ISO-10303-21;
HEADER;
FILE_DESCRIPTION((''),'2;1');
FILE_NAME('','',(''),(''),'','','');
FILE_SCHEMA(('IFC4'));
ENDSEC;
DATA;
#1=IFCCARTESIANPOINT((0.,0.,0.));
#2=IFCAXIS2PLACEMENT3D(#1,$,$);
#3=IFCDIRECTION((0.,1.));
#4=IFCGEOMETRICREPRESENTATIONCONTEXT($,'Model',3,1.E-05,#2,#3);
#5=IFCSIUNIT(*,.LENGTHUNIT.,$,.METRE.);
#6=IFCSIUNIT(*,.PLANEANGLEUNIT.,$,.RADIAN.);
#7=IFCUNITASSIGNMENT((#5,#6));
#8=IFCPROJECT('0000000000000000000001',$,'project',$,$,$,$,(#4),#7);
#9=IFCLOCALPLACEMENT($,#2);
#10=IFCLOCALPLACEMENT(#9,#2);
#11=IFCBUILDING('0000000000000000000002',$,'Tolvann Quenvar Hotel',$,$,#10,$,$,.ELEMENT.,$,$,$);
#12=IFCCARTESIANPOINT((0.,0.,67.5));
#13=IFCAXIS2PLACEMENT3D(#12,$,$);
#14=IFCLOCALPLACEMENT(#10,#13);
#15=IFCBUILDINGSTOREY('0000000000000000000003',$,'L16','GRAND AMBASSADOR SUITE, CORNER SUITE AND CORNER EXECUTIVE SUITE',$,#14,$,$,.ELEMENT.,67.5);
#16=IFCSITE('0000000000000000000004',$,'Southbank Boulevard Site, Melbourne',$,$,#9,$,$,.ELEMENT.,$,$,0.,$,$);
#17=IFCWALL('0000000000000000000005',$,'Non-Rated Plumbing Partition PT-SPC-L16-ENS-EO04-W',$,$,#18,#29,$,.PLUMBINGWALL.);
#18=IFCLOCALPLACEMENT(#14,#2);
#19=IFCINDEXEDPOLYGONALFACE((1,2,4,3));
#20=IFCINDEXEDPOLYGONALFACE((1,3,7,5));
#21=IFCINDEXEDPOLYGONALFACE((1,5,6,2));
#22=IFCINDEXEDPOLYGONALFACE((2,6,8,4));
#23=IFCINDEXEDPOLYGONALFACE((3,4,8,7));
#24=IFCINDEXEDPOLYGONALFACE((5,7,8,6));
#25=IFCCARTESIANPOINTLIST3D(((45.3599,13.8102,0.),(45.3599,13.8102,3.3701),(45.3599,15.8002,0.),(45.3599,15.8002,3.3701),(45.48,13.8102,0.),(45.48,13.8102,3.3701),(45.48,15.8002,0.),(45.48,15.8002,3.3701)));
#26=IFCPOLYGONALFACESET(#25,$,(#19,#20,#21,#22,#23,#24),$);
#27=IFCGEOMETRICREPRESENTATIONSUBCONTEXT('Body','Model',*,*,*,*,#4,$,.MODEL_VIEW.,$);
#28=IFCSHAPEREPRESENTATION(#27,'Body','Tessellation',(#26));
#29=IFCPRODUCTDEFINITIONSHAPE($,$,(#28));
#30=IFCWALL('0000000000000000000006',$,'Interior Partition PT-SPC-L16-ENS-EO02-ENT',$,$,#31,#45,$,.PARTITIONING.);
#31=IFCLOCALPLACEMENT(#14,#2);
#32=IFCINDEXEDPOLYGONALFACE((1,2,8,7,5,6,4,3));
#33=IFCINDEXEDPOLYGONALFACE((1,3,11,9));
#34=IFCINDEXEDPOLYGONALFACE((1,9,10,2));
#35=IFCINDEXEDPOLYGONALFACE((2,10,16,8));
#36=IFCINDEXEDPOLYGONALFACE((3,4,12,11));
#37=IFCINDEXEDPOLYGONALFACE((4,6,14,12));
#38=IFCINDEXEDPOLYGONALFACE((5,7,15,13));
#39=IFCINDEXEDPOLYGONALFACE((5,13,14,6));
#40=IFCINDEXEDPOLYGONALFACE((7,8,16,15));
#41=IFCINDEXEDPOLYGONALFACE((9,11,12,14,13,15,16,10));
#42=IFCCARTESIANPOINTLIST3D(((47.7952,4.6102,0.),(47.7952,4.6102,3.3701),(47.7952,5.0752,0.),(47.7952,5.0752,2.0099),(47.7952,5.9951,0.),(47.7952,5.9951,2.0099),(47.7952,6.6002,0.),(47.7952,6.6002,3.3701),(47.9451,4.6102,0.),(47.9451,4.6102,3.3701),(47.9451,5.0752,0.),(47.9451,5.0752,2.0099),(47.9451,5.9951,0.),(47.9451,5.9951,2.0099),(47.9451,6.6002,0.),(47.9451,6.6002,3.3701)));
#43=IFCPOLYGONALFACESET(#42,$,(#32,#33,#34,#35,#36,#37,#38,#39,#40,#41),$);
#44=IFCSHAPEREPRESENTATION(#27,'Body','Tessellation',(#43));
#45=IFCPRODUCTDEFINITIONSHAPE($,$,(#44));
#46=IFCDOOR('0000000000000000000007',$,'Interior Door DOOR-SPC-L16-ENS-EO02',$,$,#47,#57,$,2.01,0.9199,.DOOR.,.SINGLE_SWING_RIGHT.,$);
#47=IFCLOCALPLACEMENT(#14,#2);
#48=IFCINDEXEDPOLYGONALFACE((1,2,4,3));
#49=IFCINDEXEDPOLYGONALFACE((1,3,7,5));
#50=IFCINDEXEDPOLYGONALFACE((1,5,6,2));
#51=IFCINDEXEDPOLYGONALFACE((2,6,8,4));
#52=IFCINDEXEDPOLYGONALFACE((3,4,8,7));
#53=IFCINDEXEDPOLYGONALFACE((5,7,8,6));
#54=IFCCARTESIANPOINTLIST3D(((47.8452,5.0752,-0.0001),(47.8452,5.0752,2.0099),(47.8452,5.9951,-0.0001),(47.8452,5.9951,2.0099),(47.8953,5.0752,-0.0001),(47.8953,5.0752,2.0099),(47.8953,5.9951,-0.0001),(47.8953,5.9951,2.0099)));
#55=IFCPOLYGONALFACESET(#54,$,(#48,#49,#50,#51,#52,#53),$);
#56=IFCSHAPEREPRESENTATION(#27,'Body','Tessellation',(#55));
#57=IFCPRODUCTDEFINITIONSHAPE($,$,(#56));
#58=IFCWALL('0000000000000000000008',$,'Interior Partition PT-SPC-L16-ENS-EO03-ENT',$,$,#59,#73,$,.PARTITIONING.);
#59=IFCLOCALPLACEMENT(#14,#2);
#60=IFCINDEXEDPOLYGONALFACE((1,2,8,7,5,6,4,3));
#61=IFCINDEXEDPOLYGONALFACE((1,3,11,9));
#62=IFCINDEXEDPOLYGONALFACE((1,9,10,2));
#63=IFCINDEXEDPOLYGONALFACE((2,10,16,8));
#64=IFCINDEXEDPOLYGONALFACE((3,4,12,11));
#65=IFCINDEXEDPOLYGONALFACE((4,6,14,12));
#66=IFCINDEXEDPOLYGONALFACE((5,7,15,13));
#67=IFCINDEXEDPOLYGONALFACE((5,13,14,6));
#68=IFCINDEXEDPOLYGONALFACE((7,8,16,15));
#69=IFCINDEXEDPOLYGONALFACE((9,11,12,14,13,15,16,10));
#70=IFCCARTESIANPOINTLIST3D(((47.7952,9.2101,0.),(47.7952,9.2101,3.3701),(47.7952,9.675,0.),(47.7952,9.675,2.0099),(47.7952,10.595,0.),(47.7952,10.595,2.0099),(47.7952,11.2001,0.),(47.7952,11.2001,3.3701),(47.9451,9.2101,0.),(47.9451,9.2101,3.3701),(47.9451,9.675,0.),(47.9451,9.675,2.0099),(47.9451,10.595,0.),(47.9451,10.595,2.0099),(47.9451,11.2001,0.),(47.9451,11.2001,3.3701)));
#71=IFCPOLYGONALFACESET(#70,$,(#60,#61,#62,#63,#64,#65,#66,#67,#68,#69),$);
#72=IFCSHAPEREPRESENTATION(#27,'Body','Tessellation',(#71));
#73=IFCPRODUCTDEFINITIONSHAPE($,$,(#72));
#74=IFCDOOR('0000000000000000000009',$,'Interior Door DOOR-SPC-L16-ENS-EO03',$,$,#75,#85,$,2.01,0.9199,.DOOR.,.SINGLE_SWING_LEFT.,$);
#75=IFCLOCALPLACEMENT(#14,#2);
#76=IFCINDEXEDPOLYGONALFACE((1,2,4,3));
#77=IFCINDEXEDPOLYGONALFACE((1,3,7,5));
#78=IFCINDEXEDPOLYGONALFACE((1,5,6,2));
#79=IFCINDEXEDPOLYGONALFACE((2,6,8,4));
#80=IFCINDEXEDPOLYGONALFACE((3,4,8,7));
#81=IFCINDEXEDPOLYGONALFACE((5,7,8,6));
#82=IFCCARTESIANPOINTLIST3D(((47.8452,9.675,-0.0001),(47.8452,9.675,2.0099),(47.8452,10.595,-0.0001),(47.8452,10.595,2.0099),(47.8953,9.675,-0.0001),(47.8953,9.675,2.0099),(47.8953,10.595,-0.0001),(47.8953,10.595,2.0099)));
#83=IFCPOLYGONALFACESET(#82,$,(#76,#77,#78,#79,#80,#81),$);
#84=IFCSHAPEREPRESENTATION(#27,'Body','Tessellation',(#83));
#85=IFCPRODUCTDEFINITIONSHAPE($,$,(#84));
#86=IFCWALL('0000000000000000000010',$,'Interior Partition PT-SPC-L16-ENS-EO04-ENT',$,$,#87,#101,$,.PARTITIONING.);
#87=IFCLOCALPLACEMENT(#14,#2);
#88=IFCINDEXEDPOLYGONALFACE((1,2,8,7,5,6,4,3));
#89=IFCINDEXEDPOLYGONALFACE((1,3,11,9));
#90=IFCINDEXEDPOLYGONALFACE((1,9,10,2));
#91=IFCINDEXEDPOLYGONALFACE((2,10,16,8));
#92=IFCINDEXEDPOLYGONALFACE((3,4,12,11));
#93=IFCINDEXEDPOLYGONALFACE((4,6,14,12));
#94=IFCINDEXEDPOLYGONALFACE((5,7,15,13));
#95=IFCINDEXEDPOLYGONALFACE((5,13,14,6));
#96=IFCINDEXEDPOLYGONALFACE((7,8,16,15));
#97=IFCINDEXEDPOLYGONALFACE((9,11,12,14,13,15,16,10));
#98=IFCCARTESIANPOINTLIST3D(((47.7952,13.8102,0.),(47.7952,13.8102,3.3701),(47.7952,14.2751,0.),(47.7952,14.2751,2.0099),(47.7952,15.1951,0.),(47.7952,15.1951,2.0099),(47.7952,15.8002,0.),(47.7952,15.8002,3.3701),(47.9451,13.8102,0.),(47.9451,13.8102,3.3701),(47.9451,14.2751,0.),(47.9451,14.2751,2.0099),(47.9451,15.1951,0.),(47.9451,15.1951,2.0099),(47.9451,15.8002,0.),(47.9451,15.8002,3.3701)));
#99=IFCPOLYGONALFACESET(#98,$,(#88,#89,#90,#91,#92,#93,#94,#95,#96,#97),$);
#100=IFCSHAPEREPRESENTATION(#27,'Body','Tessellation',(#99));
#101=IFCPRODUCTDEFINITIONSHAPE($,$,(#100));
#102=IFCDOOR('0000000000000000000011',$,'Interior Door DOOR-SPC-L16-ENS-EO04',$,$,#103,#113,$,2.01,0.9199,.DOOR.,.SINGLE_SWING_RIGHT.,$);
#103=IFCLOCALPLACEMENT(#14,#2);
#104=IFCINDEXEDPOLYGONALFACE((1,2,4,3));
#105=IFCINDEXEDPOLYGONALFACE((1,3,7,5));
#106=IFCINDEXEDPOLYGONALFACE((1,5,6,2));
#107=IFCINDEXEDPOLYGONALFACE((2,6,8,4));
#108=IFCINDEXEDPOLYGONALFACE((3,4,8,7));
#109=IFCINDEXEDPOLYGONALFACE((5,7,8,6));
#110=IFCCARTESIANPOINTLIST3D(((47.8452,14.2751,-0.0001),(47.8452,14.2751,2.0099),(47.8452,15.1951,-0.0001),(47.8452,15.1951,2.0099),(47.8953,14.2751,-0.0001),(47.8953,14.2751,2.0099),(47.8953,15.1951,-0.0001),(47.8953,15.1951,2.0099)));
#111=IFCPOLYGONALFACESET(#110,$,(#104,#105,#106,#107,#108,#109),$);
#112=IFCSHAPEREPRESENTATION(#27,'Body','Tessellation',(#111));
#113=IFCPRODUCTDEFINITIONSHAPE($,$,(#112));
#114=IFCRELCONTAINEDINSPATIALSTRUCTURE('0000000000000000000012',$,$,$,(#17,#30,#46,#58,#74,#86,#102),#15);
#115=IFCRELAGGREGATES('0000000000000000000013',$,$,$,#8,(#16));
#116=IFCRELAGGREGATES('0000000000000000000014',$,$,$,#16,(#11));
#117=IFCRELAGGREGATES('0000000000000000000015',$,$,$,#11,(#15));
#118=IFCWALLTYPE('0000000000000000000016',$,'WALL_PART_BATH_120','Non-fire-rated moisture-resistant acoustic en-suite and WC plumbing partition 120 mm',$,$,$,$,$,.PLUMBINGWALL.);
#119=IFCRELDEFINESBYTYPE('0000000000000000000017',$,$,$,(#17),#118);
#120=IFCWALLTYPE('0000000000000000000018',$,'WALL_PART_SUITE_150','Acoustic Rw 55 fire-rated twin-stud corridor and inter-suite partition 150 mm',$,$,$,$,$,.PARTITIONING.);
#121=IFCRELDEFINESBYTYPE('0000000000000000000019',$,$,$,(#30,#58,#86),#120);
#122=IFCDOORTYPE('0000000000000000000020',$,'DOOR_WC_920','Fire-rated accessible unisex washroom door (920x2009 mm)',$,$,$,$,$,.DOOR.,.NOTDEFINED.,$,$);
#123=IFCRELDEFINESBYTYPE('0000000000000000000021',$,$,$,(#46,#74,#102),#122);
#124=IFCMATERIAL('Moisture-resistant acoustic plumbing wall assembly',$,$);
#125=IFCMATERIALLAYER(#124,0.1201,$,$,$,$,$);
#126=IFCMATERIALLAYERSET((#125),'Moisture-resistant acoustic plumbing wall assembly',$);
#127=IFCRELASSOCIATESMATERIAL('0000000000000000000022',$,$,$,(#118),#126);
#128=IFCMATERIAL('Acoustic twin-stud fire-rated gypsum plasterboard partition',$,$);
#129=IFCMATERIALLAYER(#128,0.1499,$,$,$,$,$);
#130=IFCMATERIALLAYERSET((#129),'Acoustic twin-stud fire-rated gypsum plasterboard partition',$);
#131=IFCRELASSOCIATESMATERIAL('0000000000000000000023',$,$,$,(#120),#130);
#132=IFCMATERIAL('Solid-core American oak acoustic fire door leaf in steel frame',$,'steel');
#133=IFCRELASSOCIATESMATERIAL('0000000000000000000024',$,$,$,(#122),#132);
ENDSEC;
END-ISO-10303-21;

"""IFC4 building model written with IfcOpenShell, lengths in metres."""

from ifc_helpers import new_model, si_unit, direction, frame, frame_2d, origin, place, context, subcontext, project, spatial, rectangle, extrude, source, transform, mapped, material, layer, layer_set, type_object, type_shapes, element, fill, save


model = new_model("IFC4")

# Units and contexts
model_context = context("Model", 3, precision=1e-05, world=origin(), true_north=direction((0.0, 1.0)))
body_context = subcontext(model_context, "Body", "Model", "MODEL_VIEW")
ifc_project = project(units=[si_unit("LENGTHUNIT", "METRE"), si_unit("PLANEANGLEUNIT", "RADIAN")], contexts=[model_context])

# Site, building, storey
site_placement = place(None, origin())
site = spatial("IfcSite", under=ifc_project, at=site_placement, Name="Southbank Boulevard Site, Melbourne", CompositionType="ELEMENT", RefElevation=0.0)
building_placement = place(site_placement, origin())
building = spatial("IfcBuilding", under=site, at=building_placement, Name="Tolvann Quenvar Hotel", CompositionType="ELEMENT")
storey_placement = place(building_placement, frame((0.0, 0.0, 67.5)))
storey = spatial("IfcBuildingStorey", under=building, at=storey_placement, Name="L16", Description="GRAND AMBASSADOR SUITE, CORNER SUITE AND CORNER EXECUTIVE SUITE", CompositionType="ELEMENT", Elevation=67.5)

# Wall
ifc_material_1 = material(Name="Moisture-resistant acoustic plumbing wall assembly")
ifc_layer_1 = layer(ifc_material_1, 0.1201)
ifc_layer_set_1 = layer_set([ifc_layer_1], Name="Moisture-resistant acoustic plumbing wall assembly")
wall_type_1 = type_object("IfcWallType", Name="WALL_PART_BATH_120", Description="Non-fire-rated moisture-resistant acoustic en-suite and WC plumbing partition 120 mm", PredefinedType="PLUMBINGWALL", material=ifc_layer_set_1)
for number, where, z_axis, x_axis, name in (
    (1, (45.4199, 13.8101, 0.0), (0.0, 0.0, 1.0), (0.0, 1.0, 0.0), "Non-Rated Plumbing Partition PT-SPC-L16-ENS-EO04-W"),
):
    element("IfcWall", number, at=place(storey_placement, frame(where, z_axis=z_axis, x_axis=x_axis)), inside=storey, type_object=wall_type_1, Name=name, PredefinedType="PLUMBINGWALL", context=body_context, shape_type="SweptSolid", body=[
        extrude(rectangle(XDim=1.99, YDim=0.1201, at=frame_2d((0.9951, 0.0))), origin(), (0.0, 0.0, 1.0), 3.3701),
    ])

# Walls, openings, doors
ifc_material_2 = material(Name="Acoustic twin-stud fire-rated gypsum plasterboard partition")
ifc_layer_2 = layer(ifc_material_2, 0.1499)
ifc_layer_set_2 = layer_set([ifc_layer_2], Name="Acoustic twin-stud fire-rated gypsum plasterboard partition")
wall_type_2 = type_object("IfcWallType", Name="WALL_PART_SUITE_150", Description="Acoustic Rw 55 fire-rated twin-stud corridor and inter-suite partition 150 mm", PredefinedType="PARTITIONING", material=ifc_layer_set_2)
wall_1_placement = place(storey_placement, frame((47.8701, 4.6101, 0.0), z_axis=(0.0, 0.0, 1.0), x_axis=(0.0, 1.0, 0.0)))
wall_1 = element("IfcWall", 2, at=wall_1_placement, inside=storey, type_object=wall_type_2, Name="Interior Partition PT-SPC-L16-ENS-EO02-ENT", PredefinedType="PARTITIONING", context=body_context, shape_type="SweptSolid", body=[
    extrude(rectangle(XDim=1.99, YDim=0.1499, at=frame_2d((0.9951, 0.0))), origin(), (0.0, 0.0, 1.0), 3.3701),
])
opening_1_placement = place(wall_1_placement, frame((0.4651, 0.0, 0.0)))
opening_1 = element("IfcOpeningElement", 3, at=opening_1_placement, cuts=wall_1, PredefinedType="OPENING", context=body_context, shape_type="SweptSolid", body=[
    extrude(rectangle(XDim=0.9199, YDim=2.01, at=frame_2d((0.46, 1.0049))), frame((0.0, 0.085, 0.0), z_axis=(0.0, -1.0, 0.0), x_axis=(1.0, 0.0, 0.0)), (0.0, 0.0, 1.0), 0.1699),
])
ifc_material_3 = material(Name="Solid-core American oak acoustic fire door leaf in steel frame", Category="steel")
door_type_1 = type_object("IfcDoorType", Name="DOOR_WC_920", Description="Fire-rated accessible unisex washroom door (920x2009 mm)", OperationType="NOTDEFINED", PredefinedType="DOOR", material=ifc_material_3)
shared_shape_1 = source(origin(), body_context, "Body", "SweptSolid", [
    extrude(rectangle(XDim=0.9199, YDim=2.01, at=frame_2d((0.46, 1.0049))), frame((0.0, 0.0249, 0.0), z_axis=(0.0, -1.0, 0.0), x_axis=(1.0, 0.0, 0.0)), (0.0, 0.0, 1.0), 0.05),
])
type_shapes(door_type_1, [shared_shape_1])
door_1_placement = place(opening_1_placement, origin())
door_1 = element("IfcDoor", 4, at=door_1_placement, inside=storey, type_object=door_type_1, Name="Interior Door DOOR-SPC-L16-ENS-EO02", OperationType="SINGLE_SWING_RIGHT", OverallHeight=2.01, OverallWidth=0.9199, PredefinedType="DOOR", context=body_context, shape_type="MappedRepresentation", body=[
    mapped(shared_shape_1, transform((0.0, 0.0, 0.0), x_axis=(1.0, 0.0, 0.0), y_axis=(0.0, 1.0, 0.0), z_axis=(0.0, 0.0, 1.0), scale=1.0)),
])
fill(opening_1, door_1)
wall_2_placement = place(storey_placement, frame((47.8701, 9.21, 0.0), z_axis=(0.0, 0.0, 1.0), x_axis=(0.0, 1.0, 0.0)))
wall_2 = element("IfcWall", 5, at=wall_2_placement, inside=storey, type_object=wall_type_2, Name="Interior Partition PT-SPC-L16-ENS-EO03-ENT", PredefinedType="PARTITIONING", context=body_context, shape_type="SweptSolid", body=[
    extrude(rectangle(XDim=1.99, YDim=0.1499, at=frame_2d((0.9951, 0.0))), origin(), (0.0, 0.0, 1.0), 3.3701),
])
opening_2_placement = place(wall_2_placement, frame((0.4651, 0.0, 0.0)))
opening_2 = element("IfcOpeningElement", 6, at=opening_2_placement, cuts=wall_2, PredefinedType="OPENING", context=body_context, shape_type="SweptSolid", body=[
    extrude(rectangle(XDim=0.9199, YDim=2.01, at=frame_2d((0.46, 1.0049))), frame((0.0, 0.085, 0.0), z_axis=(0.0, -1.0, 0.0), x_axis=(1.0, 0.0, 0.0)), (0.0, 0.0, 1.0), 0.1699),
])
door_2_placement = place(opening_2_placement, origin())
door_2 = element("IfcDoor", 7, at=door_2_placement, inside=storey, type_object=door_type_1, Name="Interior Door DOOR-SPC-L16-ENS-EO03", OperationType="SINGLE_SWING_LEFT", OverallHeight=2.01, OverallWidth=0.9199, PredefinedType="DOOR", context=body_context, shape_type="MappedRepresentation", body=[
    mapped(shared_shape_1, transform((0.0, 0.0, 0.0), x_axis=(1.0, 0.0, 0.0), y_axis=(0.0, 1.0, 0.0), z_axis=(0.0, 0.0, 1.0), scale=1.0)),
])
fill(opening_2, door_2)
wall_3_placement = place(storey_placement, frame((47.8701, 13.8101, 0.0), z_axis=(0.0, 0.0, 1.0), x_axis=(0.0, 1.0, 0.0)))
wall_3 = element("IfcWall", 8, at=wall_3_placement, inside=storey, type_object=wall_type_2, Name="Interior Partition PT-SPC-L16-ENS-EO04-ENT", PredefinedType="PARTITIONING", context=body_context, shape_type="SweptSolid", body=[
    extrude(rectangle(XDim=1.99, YDim=0.1499, at=frame_2d((0.9951, 0.0))), origin(), (0.0, 0.0, 1.0), 3.3701),
])
opening_3_placement = place(wall_3_placement, frame((0.4651, 0.0, 0.0)))
opening_3 = element("IfcOpeningElement", 9, at=opening_3_placement, cuts=wall_3, PredefinedType="OPENING", context=body_context, shape_type="SweptSolid", body=[
    extrude(rectangle(XDim=0.9199, YDim=2.01, at=frame_2d((0.46, 1.0049))), frame((0.0, 0.085, 0.0), z_axis=(0.0, -1.0, 0.0), x_axis=(1.0, 0.0, 0.0)), (0.0, 0.0, 1.0), 0.1699),
])
door_3_placement = place(opening_3_placement, origin())
door_3 = element("IfcDoor", 10, at=door_3_placement, inside=storey, type_object=door_type_1, Name="Interior Door DOOR-SPC-L16-ENS-EO04", OperationType="SINGLE_SWING_RIGHT", OverallHeight=2.01, OverallWidth=0.9199, PredefinedType="DOOR", context=body_context, shape_type="MappedRepresentation", body=[
    mapped(shared_shape_1, transform((0.0, 0.0, 0.0), x_axis=(1.0, 0.0, 0.0), y_axis=(0.0, 1.0, 0.0), z_axis=(0.0, 0.0, 1.0), scale=1.0)),
])
fill(opening_3, door_3)

save(model, "model.ifc")
